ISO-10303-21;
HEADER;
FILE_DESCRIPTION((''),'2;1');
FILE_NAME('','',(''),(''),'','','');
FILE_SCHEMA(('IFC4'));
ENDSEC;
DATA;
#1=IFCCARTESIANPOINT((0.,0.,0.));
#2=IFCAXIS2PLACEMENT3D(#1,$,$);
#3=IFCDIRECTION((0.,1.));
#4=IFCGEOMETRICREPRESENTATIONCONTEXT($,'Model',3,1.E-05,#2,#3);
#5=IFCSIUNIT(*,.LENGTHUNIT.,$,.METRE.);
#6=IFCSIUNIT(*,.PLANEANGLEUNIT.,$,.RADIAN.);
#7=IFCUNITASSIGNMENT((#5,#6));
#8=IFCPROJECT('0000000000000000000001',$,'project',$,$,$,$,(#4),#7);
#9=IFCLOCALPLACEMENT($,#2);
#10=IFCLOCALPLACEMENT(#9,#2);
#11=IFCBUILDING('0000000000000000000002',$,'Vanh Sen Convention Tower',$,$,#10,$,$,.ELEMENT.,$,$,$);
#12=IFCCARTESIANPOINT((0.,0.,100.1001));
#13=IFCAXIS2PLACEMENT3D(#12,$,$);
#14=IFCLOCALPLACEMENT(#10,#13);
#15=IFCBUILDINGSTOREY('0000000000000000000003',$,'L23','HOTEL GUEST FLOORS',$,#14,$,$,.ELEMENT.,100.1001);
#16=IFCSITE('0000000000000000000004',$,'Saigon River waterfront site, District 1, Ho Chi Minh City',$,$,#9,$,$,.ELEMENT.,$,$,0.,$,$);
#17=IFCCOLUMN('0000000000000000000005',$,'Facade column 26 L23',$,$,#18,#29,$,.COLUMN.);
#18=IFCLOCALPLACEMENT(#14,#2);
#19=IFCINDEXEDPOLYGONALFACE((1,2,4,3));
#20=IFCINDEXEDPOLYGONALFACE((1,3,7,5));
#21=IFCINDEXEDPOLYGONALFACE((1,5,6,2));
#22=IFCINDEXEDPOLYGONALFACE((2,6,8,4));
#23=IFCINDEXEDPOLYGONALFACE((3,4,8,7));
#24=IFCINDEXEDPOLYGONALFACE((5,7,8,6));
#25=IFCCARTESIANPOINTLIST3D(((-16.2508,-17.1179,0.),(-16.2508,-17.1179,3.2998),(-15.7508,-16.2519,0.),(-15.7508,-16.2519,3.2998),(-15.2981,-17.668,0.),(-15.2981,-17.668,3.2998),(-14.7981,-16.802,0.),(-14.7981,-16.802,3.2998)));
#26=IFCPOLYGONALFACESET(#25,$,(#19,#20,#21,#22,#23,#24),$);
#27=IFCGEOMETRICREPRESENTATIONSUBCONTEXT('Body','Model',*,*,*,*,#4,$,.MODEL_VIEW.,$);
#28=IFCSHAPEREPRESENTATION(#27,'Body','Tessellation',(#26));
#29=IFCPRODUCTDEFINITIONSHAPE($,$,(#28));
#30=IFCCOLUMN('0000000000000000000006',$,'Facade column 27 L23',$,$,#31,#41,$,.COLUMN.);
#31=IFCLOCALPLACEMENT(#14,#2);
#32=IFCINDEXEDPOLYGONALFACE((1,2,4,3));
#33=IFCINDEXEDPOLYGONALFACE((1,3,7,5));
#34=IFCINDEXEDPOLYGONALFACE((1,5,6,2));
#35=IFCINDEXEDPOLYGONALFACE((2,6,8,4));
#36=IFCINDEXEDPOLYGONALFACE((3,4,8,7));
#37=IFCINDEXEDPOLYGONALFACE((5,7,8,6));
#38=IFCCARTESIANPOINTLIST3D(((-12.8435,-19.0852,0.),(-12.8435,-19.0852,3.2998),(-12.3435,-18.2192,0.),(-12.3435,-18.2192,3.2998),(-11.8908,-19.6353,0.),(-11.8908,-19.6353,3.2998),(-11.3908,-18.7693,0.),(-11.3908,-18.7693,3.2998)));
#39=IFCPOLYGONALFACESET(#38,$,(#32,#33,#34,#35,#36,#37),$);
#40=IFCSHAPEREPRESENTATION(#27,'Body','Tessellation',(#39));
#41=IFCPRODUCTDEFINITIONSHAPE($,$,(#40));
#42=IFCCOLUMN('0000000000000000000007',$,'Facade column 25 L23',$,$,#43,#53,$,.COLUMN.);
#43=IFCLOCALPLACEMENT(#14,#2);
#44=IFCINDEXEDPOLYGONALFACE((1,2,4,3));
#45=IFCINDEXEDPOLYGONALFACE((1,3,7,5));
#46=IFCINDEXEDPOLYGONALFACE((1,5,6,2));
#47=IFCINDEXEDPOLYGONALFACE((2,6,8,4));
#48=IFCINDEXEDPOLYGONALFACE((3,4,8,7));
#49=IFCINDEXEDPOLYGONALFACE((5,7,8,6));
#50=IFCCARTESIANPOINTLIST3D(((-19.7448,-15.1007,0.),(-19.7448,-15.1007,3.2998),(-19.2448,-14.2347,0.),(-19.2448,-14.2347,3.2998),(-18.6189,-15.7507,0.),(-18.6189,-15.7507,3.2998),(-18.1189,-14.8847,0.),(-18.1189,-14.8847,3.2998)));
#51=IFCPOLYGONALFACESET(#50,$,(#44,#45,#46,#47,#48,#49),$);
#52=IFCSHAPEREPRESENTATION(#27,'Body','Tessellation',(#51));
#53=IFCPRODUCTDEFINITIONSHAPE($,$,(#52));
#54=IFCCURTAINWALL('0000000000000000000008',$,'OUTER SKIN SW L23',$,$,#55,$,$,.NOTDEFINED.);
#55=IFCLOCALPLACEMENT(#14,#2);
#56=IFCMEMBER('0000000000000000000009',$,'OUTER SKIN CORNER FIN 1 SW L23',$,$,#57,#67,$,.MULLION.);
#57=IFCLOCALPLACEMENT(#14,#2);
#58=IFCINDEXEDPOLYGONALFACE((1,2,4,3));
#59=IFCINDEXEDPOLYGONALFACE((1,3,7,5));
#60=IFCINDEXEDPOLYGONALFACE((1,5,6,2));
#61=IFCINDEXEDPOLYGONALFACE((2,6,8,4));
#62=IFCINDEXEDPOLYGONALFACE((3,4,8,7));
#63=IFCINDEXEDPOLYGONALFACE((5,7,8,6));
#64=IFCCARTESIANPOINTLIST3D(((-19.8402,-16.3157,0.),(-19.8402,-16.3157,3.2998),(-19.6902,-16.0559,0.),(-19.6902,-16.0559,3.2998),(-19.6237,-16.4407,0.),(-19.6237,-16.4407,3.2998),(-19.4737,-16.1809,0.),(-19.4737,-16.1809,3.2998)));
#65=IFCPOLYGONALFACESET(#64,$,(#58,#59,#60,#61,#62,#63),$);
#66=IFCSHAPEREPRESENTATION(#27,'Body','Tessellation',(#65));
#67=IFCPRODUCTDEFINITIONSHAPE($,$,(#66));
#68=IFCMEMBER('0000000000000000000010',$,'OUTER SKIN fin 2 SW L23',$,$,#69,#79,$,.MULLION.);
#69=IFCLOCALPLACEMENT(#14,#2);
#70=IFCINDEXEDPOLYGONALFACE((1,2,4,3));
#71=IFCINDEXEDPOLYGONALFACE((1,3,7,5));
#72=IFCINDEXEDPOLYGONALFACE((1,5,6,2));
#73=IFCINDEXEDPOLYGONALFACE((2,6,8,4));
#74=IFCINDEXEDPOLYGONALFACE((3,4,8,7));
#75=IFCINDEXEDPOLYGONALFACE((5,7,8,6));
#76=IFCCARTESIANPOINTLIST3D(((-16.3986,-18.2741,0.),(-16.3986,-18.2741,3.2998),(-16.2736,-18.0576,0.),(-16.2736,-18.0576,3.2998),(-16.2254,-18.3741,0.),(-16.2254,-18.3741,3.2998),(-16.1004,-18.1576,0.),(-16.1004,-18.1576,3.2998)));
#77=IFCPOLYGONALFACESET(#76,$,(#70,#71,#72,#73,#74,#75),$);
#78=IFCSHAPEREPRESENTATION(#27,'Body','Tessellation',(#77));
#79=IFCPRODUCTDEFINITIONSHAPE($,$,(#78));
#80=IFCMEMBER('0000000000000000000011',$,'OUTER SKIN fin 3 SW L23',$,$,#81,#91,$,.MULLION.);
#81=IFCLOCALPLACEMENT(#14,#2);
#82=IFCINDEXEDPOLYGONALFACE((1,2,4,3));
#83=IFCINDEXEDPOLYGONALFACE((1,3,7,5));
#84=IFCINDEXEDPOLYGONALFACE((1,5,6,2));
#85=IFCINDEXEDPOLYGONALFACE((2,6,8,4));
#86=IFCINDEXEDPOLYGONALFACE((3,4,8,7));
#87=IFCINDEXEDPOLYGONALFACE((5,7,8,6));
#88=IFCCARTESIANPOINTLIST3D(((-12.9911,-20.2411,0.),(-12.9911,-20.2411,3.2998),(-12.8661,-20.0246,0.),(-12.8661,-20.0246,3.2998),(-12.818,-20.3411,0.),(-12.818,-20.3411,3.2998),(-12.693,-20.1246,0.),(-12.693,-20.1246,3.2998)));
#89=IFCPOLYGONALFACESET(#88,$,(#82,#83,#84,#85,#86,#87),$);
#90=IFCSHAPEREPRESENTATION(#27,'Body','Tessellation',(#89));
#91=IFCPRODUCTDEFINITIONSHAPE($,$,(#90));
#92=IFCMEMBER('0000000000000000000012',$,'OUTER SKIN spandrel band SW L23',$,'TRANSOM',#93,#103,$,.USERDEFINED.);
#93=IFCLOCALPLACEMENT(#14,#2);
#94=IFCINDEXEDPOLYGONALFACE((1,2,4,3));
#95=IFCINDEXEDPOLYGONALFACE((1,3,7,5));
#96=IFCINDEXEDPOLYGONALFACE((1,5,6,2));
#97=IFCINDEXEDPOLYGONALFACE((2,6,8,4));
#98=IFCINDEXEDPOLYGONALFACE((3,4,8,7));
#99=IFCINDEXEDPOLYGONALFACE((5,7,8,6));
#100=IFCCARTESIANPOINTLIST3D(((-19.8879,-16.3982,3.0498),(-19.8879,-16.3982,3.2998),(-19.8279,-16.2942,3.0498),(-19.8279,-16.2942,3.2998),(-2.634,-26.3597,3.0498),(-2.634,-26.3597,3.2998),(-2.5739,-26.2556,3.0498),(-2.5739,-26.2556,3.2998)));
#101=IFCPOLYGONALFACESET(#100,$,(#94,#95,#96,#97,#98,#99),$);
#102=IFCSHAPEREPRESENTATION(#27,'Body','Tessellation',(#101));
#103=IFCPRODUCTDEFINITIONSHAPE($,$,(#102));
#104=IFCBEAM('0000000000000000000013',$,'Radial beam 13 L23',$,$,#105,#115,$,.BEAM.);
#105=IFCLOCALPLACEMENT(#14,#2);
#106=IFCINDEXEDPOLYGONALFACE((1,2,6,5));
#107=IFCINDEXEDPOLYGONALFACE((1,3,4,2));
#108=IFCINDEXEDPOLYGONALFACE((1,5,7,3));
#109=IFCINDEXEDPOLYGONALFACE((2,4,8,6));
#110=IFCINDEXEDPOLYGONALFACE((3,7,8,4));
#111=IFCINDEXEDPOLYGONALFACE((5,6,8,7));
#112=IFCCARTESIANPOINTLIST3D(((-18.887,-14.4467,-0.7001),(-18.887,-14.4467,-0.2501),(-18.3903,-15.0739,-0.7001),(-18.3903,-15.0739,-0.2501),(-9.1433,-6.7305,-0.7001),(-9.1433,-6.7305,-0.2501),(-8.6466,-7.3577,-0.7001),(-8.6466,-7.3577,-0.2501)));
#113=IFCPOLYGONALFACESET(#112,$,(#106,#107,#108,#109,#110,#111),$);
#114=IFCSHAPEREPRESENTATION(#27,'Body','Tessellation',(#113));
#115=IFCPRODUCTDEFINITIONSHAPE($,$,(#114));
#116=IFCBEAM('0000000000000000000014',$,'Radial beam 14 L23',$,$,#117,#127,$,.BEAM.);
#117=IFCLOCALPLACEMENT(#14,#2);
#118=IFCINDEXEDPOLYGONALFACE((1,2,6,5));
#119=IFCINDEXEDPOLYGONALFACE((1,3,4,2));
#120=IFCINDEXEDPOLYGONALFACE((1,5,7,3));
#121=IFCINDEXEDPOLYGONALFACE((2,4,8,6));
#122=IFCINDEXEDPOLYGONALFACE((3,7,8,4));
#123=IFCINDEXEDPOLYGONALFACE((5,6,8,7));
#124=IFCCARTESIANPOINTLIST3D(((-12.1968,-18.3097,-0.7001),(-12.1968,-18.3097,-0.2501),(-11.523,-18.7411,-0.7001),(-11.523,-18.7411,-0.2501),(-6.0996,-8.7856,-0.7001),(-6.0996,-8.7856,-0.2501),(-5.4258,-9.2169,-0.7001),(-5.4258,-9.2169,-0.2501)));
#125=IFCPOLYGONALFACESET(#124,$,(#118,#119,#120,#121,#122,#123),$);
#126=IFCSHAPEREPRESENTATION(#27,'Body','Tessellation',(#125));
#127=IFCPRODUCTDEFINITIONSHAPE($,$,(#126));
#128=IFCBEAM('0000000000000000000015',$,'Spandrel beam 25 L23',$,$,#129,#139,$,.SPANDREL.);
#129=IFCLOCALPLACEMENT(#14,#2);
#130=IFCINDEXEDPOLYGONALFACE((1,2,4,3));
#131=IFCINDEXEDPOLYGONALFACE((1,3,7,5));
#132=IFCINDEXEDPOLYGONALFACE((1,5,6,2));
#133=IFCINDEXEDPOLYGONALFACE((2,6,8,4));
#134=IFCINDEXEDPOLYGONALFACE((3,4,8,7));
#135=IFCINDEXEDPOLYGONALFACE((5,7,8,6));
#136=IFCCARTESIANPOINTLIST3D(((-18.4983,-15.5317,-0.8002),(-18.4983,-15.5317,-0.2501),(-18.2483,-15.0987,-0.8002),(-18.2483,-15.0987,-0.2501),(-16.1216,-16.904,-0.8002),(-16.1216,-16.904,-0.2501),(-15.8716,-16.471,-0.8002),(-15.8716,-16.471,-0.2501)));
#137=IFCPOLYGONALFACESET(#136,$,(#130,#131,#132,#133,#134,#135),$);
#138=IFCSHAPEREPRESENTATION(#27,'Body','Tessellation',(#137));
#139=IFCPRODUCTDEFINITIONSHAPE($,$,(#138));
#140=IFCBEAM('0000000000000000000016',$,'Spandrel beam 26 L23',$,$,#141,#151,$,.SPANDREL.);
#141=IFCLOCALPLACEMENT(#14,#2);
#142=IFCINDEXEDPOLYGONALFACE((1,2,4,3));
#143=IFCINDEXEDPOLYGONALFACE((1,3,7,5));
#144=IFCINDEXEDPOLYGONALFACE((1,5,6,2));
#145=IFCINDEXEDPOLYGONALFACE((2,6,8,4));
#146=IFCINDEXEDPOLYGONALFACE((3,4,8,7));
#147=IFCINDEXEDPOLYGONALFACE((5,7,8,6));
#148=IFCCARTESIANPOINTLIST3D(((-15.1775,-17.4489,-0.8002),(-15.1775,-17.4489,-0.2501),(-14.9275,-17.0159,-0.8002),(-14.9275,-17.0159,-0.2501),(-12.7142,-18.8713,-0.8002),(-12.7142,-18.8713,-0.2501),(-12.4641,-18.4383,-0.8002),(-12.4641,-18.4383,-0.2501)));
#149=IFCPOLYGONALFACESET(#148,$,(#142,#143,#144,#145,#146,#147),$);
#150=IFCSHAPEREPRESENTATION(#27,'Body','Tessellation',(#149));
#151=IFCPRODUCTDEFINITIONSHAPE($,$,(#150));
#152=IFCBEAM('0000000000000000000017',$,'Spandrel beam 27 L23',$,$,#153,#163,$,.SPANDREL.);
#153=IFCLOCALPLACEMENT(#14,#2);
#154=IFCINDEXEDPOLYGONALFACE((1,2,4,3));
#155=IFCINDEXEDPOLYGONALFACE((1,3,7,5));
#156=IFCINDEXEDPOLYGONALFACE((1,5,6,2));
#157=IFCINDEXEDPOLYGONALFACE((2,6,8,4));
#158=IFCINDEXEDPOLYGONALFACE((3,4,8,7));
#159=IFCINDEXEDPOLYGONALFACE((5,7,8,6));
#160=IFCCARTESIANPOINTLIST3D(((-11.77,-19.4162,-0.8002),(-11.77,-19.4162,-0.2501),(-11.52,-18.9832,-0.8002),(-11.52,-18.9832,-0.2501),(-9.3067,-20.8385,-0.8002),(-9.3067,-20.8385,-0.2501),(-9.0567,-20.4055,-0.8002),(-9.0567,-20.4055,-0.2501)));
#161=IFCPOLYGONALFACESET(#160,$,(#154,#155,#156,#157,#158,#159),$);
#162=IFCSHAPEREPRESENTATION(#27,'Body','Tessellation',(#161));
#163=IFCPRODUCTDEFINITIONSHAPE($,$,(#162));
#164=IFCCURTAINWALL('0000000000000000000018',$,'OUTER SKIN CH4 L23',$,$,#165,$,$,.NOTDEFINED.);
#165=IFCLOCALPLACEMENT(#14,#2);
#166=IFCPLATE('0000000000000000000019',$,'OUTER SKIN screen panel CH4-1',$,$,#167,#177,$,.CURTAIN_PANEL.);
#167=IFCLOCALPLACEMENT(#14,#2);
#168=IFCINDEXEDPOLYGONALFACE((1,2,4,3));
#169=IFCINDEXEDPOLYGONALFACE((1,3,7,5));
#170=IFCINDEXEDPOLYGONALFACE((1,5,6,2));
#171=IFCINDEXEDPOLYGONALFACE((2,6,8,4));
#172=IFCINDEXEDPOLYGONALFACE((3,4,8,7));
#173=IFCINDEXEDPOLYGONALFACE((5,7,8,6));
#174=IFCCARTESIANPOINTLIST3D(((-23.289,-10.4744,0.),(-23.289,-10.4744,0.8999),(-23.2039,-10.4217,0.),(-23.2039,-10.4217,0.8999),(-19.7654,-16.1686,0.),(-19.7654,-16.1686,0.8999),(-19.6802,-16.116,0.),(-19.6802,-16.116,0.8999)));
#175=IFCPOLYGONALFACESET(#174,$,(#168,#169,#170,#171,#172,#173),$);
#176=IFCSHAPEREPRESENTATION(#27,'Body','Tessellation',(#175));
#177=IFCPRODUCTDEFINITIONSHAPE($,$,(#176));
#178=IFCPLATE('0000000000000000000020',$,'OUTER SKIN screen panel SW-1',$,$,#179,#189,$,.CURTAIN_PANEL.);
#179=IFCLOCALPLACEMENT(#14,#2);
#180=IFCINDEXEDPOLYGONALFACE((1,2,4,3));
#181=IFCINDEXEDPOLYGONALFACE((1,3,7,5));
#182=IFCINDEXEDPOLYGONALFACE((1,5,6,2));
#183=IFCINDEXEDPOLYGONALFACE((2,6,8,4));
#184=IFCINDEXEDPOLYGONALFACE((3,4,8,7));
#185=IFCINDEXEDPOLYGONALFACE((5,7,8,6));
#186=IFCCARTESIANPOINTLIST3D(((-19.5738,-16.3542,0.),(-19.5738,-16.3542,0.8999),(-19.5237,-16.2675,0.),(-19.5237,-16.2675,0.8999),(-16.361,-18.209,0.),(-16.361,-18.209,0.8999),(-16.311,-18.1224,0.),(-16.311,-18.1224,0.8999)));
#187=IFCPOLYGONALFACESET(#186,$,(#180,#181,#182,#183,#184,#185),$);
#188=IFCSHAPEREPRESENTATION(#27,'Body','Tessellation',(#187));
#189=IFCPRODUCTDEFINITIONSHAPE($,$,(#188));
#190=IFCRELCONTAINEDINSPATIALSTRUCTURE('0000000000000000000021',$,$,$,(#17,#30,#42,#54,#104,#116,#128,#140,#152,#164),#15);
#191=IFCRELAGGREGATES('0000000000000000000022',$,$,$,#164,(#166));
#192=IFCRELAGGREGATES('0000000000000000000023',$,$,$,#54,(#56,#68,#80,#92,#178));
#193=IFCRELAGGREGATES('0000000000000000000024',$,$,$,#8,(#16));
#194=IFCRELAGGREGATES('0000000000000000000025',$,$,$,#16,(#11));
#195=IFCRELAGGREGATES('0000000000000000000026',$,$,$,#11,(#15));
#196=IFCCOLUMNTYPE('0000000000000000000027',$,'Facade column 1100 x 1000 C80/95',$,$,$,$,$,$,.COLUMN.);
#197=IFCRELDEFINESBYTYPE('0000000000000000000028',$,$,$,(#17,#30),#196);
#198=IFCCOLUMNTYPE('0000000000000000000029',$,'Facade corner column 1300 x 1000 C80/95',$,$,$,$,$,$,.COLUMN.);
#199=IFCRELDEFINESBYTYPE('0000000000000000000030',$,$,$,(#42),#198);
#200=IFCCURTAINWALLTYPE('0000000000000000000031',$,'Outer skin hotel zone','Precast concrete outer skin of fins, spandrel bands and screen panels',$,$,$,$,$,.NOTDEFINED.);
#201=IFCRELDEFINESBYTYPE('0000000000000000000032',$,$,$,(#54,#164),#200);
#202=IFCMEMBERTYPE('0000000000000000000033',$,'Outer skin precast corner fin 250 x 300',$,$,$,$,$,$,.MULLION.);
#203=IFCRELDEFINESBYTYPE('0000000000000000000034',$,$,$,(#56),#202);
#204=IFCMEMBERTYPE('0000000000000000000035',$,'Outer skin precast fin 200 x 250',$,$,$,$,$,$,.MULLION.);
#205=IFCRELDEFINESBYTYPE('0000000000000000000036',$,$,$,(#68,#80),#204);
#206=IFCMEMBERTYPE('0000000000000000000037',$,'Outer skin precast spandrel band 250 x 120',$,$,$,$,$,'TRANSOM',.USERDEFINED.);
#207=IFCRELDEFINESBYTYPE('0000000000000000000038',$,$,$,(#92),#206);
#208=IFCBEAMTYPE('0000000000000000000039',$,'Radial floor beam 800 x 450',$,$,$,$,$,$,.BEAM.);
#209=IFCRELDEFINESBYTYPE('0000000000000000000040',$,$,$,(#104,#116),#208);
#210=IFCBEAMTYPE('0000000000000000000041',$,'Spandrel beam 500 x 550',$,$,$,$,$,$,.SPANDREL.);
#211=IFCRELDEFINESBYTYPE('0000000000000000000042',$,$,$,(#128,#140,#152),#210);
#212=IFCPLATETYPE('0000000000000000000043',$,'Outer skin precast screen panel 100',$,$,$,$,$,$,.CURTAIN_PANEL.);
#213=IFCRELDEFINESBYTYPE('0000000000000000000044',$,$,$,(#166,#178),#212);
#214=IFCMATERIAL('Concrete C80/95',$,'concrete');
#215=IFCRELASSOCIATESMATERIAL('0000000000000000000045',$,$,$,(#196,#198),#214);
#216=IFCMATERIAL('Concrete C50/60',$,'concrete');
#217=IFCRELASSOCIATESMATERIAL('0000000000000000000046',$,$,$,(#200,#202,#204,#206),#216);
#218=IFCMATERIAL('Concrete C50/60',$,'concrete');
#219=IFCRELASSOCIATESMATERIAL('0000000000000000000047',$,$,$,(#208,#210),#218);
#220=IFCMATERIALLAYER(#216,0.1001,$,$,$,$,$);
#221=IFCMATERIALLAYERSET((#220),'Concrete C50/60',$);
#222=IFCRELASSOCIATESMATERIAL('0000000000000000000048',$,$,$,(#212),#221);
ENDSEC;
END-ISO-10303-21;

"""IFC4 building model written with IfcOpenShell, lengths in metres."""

from ifc_helpers import new_model, si_unit, direction, frame, origin, origin_2d, place, context, subcontext, project, spatial, rectangle, extrude, material, layer, layer_set, material_profile, profile_set, type_object, element, aggregate, save


model = new_model("IFC4")

# Units and contexts
model_context = context("Model", 3, precision=1e-05, world=origin(), true_north=direction((0.0, 1.0)))
body_context = subcontext(model_context, "Body", "Model", "MODEL_VIEW")
ifc_project = project(units=[si_unit("LENGTHUNIT", "METRE"), si_unit("PLANEANGLEUNIT", "RADIAN")], contexts=[model_context])

# Site, building, storey
site_placement = place(None, origin())
site = spatial("IfcSite", under=ifc_project, at=site_placement, Name="Saigon River waterfront site, District 1, Ho Chi Minh City", CompositionType="ELEMENT", RefElevation=0.0)
building_placement = place(site_placement, origin())
building = spatial("IfcBuilding", under=site, at=building_placement, Name="Vanh Sen Convention Tower", CompositionType="ELEMENT")
storey_placement = place(building_placement, frame((0.0, 0.0, 100.1001)))
storey = spatial("IfcBuildingStorey", under=building, at=storey_placement, Name="L23", Description="HOTEL GUEST FLOORS", CompositionType="ELEMENT", Elevation=100.1001)

# Columns
ifc_material_1 = material(Name="Concrete C80/95", Category="concrete")
ifc_material_profile_1 = material_profile(ifc_material_1, rectangle(XDim=1.1001, YDim=1.0, at=origin_2d()), Name="RC 1100X1000")
ifc_profile_set_1 = profile_set([ifc_material_profile_1], Name="Concrete C80/95")
column_type_1 = type_object("IfcColumnType", Name="Facade column 1100 x 1000 C80/95", PredefinedType="COLUMN", material=ifc_profile_set_1)
for number, where, z_axis, x_axis, name in (
    (1, (-15.5244, -16.96, 0.0), (0.0, 0.0, 1.0), (0.866025, -0.5, 0.0), "Facade column 26 L23"),
    (2, (-12.1172, -18.9272, 0.0), (0.0, 0.0, 1.0), (0.866025, -0.5, 0.0), "Facade column 27 L23"),
):
    element("IfcColumn", number, at=place(storey_placement, frame(where, z_axis=z_axis, x_axis=x_axis)), inside=storey, type_object=column_type_1, Name=name, PredefinedType="COLUMN", context=body_context, shape_type="SweptSolid", body=[
        extrude(rectangle(XDim=1.1001, YDim=1.0, at=origin_2d()), origin(), (0.0, 0.0, 1.0), 3.2998),
    ])
ifc_material_profile_2 = material_profile(ifc_material_1, rectangle(XDim=1.3, YDim=1.0, at=origin_2d()), Name="RC 1300X1000")
ifc_profile_set_2 = profile_set([ifc_material_profile_2], Name="Concrete C80/95")
column_type_2 = type_object("IfcColumnType", Name="Facade corner column 1300 x 1000 C80/95", PredefinedType="COLUMN", material=ifc_profile_set_2)
column_placement = place(storey_placement, frame((-18.9319, -14.9927, 0.0), z_axis=(0.0, 0.0, 1.0), x_axis=(0.866025, -0.5, 0.0)))
element("IfcColumn", 3, at=column_placement, inside=storey, type_object=column_type_2, Name="Facade column 25 L23", PredefinedType="COLUMN", context=body_context, shape_type="SweptSolid", body=[
    extrude(rectangle(XDim=1.3, YDim=1.0, at=origin_2d()), origin(), (0.0, 0.0, 1.0), 3.2998),
])

# Curtain wall, members
ifc_material_2 = material(Name="Concrete C50/60", Category="concrete")
curtain_wall_type = type_object("IfcCurtainWallType", Name="Outer skin hotel zone", Description="Precast concrete outer skin of fins, spandrel bands and screen panels", PredefinedType="NOTDEFINED", material=ifc_material_2)
curtain_wall_1_placement = place(storey_placement, origin())
curtain_wall_1 = element("IfcCurtainWall", 4, at=curtain_wall_1_placement, inside=storey, type_object=curtain_wall_type, Name="OUTER SKIN SW L23", PredefinedType="NOTDEFINED")
ifc_material_profile_3 = material_profile(ifc_material_2, rectangle(XDim=0.25, YDim=0.3, at=origin_2d()), Name="Outer skin precast corner fin 250 x 300")
ifc_profile_set_3 = profile_set([ifc_material_profile_3], Name="Concrete C50/60")
member_type_1 = type_object("IfcMemberType", Name="Outer skin precast corner fin 250 x 300", PredefinedType="MULLION", material=ifc_profile_set_3)
member_1_placement = place(storey_placement, frame((-19.657, -16.2483, 0.0), z_axis=(0.0, 0.0, 1.0), x_axis=(0.866025, -0.5, 0.0)))
member_1 = element("IfcMember", 5, at=member_1_placement, type_object=member_type_1, Name="OUTER SKIN CORNER FIN 1 SW L23", PredefinedType="MULLION", context=body_context, shape_type="SweptSolid", body=[
    extrude(rectangle(XDim=0.25, YDim=0.3, at=origin_2d()), origin(), (0.0, 0.0, 1.0), 3.2998),
])
ifc_material_profile_4 = material_profile(ifc_material_2, rectangle(XDim=0.2, YDim=0.25, at=origin_2d()), Name="Outer skin precast fin 200 x 250")
ifc_profile_set_4 = profile_set([ifc_material_profile_4], Name="Concrete C50/60")
member_type_2 = type_object("IfcMemberType", Name="Outer skin precast fin 200 x 250", PredefinedType="MULLION", material=ifc_profile_set_4)
member_2_placement = place(storey_placement, frame((-16.2495, -18.2158, 0.0), z_axis=(0.0, 0.0, 1.0), x_axis=(0.866025, -0.5, 0.0)))
member_2 = element("IfcMember", 6, at=member_2_placement, type_object=member_type_2, Name="OUTER SKIN fin 2 SW L23", PredefinedType="MULLION", context=body_context, shape_type="SweptSolid", body=[
    extrude(rectangle(XDim=0.2, YDim=0.25, at=origin_2d()), origin(), (0.0, 0.0, 1.0), 3.2998),
])
member_3_placement = place(storey_placement, frame((-12.842, -20.1829, 0.0), z_axis=(0.0, 0.0, 1.0), x_axis=(0.866025, -0.5, 0.0)))
member_3 = element("IfcMember", 7, at=member_3_placement, type_object=member_type_2, Name="OUTER SKIN fin 3 SW L23", PredefinedType="MULLION", context=body_context, shape_type="SweptSolid", body=[
    extrude(rectangle(XDim=0.2, YDim=0.25, at=origin_2d()), origin(), (0.0, 0.0, 1.0), 3.2998),
])
ifc_material_profile_5 = material_profile(ifc_material_2, rectangle(XDim=0.1201, YDim=0.25, at=origin_2d()), Name="Outer skin precast spandrel band 250 x 120")
ifc_profile_set_5 = profile_set([ifc_material_profile_5], Name="Concrete C50/60")
member_type_3 = type_object("IfcMemberType", Name="Outer skin precast spandrel band 250 x 120", ElementType="TRANSOM", PredefinedType="USERDEFINED", material=ifc_profile_set_5)
member_4_placement = place(storey_placement, frame((-19.8579, -16.3462, 3.1748), z_axis=(0.866028, -0.499995, 0.0), x_axis=(0.499995, 0.866028, 0.0)))
member_4 = element("IfcMember", 8, at=member_4_placement, type_object=member_type_3, Name="OUTER SKIN spandrel band SW L23", ObjectType="TRANSOM", PredefinedType="USERDEFINED", context=body_context, shape_type="SweptSolid", body=[
    extrude(rectangle(XDim=0.1201, YDim=0.25, at=origin_2d()), origin(), (0.0, 0.0, 1.0), 19.9231),
])

# Beams
ifc_material_3 = material(Name="Concrete C50/60", Category="concrete")
ifc_material_profile_6 = material_profile(ifc_material_3, rectangle(XDim=0.8, YDim=0.45, at=origin_2d()), Name="RC 800X450")
ifc_profile_set_6 = profile_set([ifc_material_profile_6], Name="Concrete C50/60")
beam_type_1 = type_object("IfcBeamType", Name="Radial floor beam 800 x 450", PredefinedType="BEAM", material=ifc_profile_set_6)
beam_1_placement = place(storey_placement, frame((-18.6387, -14.7603, -0.4751), z_axis=(0.783954, 0.620819, 0.0), x_axis=(-0.620819, 0.783954, 0.0)))
element("IfcBeam", 9, at=beam_1_placement, inside=storey, type_object=beam_type_1, Name="Radial beam 13 L23", PredefinedType="BEAM", context=body_context, shape_type="SweptSolid", body=[
    extrude(rectangle(XDim=0.8, YDim=0.45, at=origin_2d()), origin(), (0.0, 0.0, 1.0), 12.429),
])
beam_2_placement = place(storey_placement, frame((-11.8599, -18.5254, -0.4751), z_axis=(0.53916, 0.842203, 0.0), x_axis=(-0.842203, 0.53916, 0.0)))
element("IfcBeam", 10, at=beam_2_placement, inside=storey, type_object=beam_type_1, Name="Radial beam 14 L23", PredefinedType="BEAM", context=body_context, shape_type="SweptSolid", body=[
    extrude(rectangle(XDim=0.8, YDim=0.45, at=origin_2d()), origin(), (0.0, 0.0, 1.0), 11.3086),
])
ifc_material_profile_7 = material_profile(ifc_material_3, rectangle(XDim=0.5, YDim=0.55, at=origin_2d()), Name="RC 500X550")
ifc_profile_set_7 = profile_set([ifc_material_profile_7], Name="Concrete C50/60")
beam_type_2 = type_object("IfcBeamType", Name="Spandrel beam 500 x 550", PredefinedType="SPANDREL", material=ifc_profile_set_7)
beam_3_placement = place(storey_placement, frame((-18.3733, -15.3152, -0.5251), z_axis=(0.866006, -0.500033, 0.0), x_axis=(0.500033, 0.866006, 0.0)))
element("IfcBeam", 11, at=beam_3_placement, inside=storey, type_object=beam_type_2, Name="Spandrel beam 25 L23", PredefinedType="SPANDREL", context=body_context, shape_type="SweptSolid", body=[
    extrude(rectangle(XDim=0.5, YDim=0.55, at=origin_2d()), origin(), (0.0, 0.0, 1.0), 2.7444),
])
for number, where, z_axis, x_axis, name in (
    (12, (-15.0525, -17.2324, -0.5251), (0.866005, -0.500034, 0.0), (0.500034, 0.866005, 0.0), "Spandrel beam 26 L23"),
    (13, (-11.645, -19.1997, -0.5251), (0.866005, -0.500034, 0.0), (0.500034, 0.866005, 0.0), "Spandrel beam 27 L23"),
):
    element("IfcBeam", number, at=place(storey_placement, frame(where, z_axis=z_axis, x_axis=x_axis)), inside=storey, type_object=beam_type_2, Name=name, PredefinedType="SPANDREL", context=body_context, shape_type="SweptSolid", body=[
        extrude(rectangle(XDim=0.5, YDim=0.55, at=origin_2d()), origin(), (0.0, 0.0, 1.0), 2.8445),
    ])

# Curtain wall, plate
curtain_wall_2_placement = place(storey_placement, origin())
curtain_wall_2 = element("IfcCurtainWall", 14, at=curtain_wall_2_placement, inside=storey, type_object=curtain_wall_type, Name="OUTER SKIN CH4 L23", PredefinedType="NOTDEFINED")
ifc_layer_1 = layer(ifc_material_2, 0.1001)
ifc_layer_set_1 = layer_set([ifc_layer_1], Name="Concrete C50/60")
plate_type = type_object("IfcPlateType", Name="Outer skin precast screen panel 100", PredefinedType="CURTAIN_PANEL", material=ifc_layer_set_1)
plate_1_placement = place(storey_placement, frame((-21.4846, -13.2952, 0.0), z_axis=(0.0, 0.0, 1.0), x_axis=(0.526205, -0.850358, 0.0)))
plate_1 = element("IfcPlate", 15, at=plate_1_placement, type_object=plate_type, Name="OUTER SKIN screen panel CH4-1", PredefinedType="CURTAIN_PANEL", context=body_context, shape_type="SweptSolid", body=[
    extrude(rectangle(XDim=6.6963, YDim=0.1001, at=origin_2d()), origin(), (0.0, 0.0, 1.0), 0.8999),
])
aggregate(curtain_wall_2, [plate_1])

# Plate
plate_2_placement = place(storey_placement, frame((-17.9424, -17.2383, 0.0), z_axis=(0.0, 0.0, 1.0), x_axis=(0.866028, -0.499995, 0.0)))
plate_2 = element("IfcPlate", 16, at=plate_2_placement, type_object=plate_type, Name="OUTER SKIN screen panel SW-1", PredefinedType="CURTAIN_PANEL", context=body_context, shape_type="SweptSolid", body=[
    extrude(rectangle(XDim=3.7097, YDim=0.1001, at=origin_2d()), origin(), (0.0, 0.0, 1.0), 0.8999),
])
aggregate(curtain_wall_1, [member_1, member_2, member_3, member_4, plate_2])

save(model, "model.ifc")
